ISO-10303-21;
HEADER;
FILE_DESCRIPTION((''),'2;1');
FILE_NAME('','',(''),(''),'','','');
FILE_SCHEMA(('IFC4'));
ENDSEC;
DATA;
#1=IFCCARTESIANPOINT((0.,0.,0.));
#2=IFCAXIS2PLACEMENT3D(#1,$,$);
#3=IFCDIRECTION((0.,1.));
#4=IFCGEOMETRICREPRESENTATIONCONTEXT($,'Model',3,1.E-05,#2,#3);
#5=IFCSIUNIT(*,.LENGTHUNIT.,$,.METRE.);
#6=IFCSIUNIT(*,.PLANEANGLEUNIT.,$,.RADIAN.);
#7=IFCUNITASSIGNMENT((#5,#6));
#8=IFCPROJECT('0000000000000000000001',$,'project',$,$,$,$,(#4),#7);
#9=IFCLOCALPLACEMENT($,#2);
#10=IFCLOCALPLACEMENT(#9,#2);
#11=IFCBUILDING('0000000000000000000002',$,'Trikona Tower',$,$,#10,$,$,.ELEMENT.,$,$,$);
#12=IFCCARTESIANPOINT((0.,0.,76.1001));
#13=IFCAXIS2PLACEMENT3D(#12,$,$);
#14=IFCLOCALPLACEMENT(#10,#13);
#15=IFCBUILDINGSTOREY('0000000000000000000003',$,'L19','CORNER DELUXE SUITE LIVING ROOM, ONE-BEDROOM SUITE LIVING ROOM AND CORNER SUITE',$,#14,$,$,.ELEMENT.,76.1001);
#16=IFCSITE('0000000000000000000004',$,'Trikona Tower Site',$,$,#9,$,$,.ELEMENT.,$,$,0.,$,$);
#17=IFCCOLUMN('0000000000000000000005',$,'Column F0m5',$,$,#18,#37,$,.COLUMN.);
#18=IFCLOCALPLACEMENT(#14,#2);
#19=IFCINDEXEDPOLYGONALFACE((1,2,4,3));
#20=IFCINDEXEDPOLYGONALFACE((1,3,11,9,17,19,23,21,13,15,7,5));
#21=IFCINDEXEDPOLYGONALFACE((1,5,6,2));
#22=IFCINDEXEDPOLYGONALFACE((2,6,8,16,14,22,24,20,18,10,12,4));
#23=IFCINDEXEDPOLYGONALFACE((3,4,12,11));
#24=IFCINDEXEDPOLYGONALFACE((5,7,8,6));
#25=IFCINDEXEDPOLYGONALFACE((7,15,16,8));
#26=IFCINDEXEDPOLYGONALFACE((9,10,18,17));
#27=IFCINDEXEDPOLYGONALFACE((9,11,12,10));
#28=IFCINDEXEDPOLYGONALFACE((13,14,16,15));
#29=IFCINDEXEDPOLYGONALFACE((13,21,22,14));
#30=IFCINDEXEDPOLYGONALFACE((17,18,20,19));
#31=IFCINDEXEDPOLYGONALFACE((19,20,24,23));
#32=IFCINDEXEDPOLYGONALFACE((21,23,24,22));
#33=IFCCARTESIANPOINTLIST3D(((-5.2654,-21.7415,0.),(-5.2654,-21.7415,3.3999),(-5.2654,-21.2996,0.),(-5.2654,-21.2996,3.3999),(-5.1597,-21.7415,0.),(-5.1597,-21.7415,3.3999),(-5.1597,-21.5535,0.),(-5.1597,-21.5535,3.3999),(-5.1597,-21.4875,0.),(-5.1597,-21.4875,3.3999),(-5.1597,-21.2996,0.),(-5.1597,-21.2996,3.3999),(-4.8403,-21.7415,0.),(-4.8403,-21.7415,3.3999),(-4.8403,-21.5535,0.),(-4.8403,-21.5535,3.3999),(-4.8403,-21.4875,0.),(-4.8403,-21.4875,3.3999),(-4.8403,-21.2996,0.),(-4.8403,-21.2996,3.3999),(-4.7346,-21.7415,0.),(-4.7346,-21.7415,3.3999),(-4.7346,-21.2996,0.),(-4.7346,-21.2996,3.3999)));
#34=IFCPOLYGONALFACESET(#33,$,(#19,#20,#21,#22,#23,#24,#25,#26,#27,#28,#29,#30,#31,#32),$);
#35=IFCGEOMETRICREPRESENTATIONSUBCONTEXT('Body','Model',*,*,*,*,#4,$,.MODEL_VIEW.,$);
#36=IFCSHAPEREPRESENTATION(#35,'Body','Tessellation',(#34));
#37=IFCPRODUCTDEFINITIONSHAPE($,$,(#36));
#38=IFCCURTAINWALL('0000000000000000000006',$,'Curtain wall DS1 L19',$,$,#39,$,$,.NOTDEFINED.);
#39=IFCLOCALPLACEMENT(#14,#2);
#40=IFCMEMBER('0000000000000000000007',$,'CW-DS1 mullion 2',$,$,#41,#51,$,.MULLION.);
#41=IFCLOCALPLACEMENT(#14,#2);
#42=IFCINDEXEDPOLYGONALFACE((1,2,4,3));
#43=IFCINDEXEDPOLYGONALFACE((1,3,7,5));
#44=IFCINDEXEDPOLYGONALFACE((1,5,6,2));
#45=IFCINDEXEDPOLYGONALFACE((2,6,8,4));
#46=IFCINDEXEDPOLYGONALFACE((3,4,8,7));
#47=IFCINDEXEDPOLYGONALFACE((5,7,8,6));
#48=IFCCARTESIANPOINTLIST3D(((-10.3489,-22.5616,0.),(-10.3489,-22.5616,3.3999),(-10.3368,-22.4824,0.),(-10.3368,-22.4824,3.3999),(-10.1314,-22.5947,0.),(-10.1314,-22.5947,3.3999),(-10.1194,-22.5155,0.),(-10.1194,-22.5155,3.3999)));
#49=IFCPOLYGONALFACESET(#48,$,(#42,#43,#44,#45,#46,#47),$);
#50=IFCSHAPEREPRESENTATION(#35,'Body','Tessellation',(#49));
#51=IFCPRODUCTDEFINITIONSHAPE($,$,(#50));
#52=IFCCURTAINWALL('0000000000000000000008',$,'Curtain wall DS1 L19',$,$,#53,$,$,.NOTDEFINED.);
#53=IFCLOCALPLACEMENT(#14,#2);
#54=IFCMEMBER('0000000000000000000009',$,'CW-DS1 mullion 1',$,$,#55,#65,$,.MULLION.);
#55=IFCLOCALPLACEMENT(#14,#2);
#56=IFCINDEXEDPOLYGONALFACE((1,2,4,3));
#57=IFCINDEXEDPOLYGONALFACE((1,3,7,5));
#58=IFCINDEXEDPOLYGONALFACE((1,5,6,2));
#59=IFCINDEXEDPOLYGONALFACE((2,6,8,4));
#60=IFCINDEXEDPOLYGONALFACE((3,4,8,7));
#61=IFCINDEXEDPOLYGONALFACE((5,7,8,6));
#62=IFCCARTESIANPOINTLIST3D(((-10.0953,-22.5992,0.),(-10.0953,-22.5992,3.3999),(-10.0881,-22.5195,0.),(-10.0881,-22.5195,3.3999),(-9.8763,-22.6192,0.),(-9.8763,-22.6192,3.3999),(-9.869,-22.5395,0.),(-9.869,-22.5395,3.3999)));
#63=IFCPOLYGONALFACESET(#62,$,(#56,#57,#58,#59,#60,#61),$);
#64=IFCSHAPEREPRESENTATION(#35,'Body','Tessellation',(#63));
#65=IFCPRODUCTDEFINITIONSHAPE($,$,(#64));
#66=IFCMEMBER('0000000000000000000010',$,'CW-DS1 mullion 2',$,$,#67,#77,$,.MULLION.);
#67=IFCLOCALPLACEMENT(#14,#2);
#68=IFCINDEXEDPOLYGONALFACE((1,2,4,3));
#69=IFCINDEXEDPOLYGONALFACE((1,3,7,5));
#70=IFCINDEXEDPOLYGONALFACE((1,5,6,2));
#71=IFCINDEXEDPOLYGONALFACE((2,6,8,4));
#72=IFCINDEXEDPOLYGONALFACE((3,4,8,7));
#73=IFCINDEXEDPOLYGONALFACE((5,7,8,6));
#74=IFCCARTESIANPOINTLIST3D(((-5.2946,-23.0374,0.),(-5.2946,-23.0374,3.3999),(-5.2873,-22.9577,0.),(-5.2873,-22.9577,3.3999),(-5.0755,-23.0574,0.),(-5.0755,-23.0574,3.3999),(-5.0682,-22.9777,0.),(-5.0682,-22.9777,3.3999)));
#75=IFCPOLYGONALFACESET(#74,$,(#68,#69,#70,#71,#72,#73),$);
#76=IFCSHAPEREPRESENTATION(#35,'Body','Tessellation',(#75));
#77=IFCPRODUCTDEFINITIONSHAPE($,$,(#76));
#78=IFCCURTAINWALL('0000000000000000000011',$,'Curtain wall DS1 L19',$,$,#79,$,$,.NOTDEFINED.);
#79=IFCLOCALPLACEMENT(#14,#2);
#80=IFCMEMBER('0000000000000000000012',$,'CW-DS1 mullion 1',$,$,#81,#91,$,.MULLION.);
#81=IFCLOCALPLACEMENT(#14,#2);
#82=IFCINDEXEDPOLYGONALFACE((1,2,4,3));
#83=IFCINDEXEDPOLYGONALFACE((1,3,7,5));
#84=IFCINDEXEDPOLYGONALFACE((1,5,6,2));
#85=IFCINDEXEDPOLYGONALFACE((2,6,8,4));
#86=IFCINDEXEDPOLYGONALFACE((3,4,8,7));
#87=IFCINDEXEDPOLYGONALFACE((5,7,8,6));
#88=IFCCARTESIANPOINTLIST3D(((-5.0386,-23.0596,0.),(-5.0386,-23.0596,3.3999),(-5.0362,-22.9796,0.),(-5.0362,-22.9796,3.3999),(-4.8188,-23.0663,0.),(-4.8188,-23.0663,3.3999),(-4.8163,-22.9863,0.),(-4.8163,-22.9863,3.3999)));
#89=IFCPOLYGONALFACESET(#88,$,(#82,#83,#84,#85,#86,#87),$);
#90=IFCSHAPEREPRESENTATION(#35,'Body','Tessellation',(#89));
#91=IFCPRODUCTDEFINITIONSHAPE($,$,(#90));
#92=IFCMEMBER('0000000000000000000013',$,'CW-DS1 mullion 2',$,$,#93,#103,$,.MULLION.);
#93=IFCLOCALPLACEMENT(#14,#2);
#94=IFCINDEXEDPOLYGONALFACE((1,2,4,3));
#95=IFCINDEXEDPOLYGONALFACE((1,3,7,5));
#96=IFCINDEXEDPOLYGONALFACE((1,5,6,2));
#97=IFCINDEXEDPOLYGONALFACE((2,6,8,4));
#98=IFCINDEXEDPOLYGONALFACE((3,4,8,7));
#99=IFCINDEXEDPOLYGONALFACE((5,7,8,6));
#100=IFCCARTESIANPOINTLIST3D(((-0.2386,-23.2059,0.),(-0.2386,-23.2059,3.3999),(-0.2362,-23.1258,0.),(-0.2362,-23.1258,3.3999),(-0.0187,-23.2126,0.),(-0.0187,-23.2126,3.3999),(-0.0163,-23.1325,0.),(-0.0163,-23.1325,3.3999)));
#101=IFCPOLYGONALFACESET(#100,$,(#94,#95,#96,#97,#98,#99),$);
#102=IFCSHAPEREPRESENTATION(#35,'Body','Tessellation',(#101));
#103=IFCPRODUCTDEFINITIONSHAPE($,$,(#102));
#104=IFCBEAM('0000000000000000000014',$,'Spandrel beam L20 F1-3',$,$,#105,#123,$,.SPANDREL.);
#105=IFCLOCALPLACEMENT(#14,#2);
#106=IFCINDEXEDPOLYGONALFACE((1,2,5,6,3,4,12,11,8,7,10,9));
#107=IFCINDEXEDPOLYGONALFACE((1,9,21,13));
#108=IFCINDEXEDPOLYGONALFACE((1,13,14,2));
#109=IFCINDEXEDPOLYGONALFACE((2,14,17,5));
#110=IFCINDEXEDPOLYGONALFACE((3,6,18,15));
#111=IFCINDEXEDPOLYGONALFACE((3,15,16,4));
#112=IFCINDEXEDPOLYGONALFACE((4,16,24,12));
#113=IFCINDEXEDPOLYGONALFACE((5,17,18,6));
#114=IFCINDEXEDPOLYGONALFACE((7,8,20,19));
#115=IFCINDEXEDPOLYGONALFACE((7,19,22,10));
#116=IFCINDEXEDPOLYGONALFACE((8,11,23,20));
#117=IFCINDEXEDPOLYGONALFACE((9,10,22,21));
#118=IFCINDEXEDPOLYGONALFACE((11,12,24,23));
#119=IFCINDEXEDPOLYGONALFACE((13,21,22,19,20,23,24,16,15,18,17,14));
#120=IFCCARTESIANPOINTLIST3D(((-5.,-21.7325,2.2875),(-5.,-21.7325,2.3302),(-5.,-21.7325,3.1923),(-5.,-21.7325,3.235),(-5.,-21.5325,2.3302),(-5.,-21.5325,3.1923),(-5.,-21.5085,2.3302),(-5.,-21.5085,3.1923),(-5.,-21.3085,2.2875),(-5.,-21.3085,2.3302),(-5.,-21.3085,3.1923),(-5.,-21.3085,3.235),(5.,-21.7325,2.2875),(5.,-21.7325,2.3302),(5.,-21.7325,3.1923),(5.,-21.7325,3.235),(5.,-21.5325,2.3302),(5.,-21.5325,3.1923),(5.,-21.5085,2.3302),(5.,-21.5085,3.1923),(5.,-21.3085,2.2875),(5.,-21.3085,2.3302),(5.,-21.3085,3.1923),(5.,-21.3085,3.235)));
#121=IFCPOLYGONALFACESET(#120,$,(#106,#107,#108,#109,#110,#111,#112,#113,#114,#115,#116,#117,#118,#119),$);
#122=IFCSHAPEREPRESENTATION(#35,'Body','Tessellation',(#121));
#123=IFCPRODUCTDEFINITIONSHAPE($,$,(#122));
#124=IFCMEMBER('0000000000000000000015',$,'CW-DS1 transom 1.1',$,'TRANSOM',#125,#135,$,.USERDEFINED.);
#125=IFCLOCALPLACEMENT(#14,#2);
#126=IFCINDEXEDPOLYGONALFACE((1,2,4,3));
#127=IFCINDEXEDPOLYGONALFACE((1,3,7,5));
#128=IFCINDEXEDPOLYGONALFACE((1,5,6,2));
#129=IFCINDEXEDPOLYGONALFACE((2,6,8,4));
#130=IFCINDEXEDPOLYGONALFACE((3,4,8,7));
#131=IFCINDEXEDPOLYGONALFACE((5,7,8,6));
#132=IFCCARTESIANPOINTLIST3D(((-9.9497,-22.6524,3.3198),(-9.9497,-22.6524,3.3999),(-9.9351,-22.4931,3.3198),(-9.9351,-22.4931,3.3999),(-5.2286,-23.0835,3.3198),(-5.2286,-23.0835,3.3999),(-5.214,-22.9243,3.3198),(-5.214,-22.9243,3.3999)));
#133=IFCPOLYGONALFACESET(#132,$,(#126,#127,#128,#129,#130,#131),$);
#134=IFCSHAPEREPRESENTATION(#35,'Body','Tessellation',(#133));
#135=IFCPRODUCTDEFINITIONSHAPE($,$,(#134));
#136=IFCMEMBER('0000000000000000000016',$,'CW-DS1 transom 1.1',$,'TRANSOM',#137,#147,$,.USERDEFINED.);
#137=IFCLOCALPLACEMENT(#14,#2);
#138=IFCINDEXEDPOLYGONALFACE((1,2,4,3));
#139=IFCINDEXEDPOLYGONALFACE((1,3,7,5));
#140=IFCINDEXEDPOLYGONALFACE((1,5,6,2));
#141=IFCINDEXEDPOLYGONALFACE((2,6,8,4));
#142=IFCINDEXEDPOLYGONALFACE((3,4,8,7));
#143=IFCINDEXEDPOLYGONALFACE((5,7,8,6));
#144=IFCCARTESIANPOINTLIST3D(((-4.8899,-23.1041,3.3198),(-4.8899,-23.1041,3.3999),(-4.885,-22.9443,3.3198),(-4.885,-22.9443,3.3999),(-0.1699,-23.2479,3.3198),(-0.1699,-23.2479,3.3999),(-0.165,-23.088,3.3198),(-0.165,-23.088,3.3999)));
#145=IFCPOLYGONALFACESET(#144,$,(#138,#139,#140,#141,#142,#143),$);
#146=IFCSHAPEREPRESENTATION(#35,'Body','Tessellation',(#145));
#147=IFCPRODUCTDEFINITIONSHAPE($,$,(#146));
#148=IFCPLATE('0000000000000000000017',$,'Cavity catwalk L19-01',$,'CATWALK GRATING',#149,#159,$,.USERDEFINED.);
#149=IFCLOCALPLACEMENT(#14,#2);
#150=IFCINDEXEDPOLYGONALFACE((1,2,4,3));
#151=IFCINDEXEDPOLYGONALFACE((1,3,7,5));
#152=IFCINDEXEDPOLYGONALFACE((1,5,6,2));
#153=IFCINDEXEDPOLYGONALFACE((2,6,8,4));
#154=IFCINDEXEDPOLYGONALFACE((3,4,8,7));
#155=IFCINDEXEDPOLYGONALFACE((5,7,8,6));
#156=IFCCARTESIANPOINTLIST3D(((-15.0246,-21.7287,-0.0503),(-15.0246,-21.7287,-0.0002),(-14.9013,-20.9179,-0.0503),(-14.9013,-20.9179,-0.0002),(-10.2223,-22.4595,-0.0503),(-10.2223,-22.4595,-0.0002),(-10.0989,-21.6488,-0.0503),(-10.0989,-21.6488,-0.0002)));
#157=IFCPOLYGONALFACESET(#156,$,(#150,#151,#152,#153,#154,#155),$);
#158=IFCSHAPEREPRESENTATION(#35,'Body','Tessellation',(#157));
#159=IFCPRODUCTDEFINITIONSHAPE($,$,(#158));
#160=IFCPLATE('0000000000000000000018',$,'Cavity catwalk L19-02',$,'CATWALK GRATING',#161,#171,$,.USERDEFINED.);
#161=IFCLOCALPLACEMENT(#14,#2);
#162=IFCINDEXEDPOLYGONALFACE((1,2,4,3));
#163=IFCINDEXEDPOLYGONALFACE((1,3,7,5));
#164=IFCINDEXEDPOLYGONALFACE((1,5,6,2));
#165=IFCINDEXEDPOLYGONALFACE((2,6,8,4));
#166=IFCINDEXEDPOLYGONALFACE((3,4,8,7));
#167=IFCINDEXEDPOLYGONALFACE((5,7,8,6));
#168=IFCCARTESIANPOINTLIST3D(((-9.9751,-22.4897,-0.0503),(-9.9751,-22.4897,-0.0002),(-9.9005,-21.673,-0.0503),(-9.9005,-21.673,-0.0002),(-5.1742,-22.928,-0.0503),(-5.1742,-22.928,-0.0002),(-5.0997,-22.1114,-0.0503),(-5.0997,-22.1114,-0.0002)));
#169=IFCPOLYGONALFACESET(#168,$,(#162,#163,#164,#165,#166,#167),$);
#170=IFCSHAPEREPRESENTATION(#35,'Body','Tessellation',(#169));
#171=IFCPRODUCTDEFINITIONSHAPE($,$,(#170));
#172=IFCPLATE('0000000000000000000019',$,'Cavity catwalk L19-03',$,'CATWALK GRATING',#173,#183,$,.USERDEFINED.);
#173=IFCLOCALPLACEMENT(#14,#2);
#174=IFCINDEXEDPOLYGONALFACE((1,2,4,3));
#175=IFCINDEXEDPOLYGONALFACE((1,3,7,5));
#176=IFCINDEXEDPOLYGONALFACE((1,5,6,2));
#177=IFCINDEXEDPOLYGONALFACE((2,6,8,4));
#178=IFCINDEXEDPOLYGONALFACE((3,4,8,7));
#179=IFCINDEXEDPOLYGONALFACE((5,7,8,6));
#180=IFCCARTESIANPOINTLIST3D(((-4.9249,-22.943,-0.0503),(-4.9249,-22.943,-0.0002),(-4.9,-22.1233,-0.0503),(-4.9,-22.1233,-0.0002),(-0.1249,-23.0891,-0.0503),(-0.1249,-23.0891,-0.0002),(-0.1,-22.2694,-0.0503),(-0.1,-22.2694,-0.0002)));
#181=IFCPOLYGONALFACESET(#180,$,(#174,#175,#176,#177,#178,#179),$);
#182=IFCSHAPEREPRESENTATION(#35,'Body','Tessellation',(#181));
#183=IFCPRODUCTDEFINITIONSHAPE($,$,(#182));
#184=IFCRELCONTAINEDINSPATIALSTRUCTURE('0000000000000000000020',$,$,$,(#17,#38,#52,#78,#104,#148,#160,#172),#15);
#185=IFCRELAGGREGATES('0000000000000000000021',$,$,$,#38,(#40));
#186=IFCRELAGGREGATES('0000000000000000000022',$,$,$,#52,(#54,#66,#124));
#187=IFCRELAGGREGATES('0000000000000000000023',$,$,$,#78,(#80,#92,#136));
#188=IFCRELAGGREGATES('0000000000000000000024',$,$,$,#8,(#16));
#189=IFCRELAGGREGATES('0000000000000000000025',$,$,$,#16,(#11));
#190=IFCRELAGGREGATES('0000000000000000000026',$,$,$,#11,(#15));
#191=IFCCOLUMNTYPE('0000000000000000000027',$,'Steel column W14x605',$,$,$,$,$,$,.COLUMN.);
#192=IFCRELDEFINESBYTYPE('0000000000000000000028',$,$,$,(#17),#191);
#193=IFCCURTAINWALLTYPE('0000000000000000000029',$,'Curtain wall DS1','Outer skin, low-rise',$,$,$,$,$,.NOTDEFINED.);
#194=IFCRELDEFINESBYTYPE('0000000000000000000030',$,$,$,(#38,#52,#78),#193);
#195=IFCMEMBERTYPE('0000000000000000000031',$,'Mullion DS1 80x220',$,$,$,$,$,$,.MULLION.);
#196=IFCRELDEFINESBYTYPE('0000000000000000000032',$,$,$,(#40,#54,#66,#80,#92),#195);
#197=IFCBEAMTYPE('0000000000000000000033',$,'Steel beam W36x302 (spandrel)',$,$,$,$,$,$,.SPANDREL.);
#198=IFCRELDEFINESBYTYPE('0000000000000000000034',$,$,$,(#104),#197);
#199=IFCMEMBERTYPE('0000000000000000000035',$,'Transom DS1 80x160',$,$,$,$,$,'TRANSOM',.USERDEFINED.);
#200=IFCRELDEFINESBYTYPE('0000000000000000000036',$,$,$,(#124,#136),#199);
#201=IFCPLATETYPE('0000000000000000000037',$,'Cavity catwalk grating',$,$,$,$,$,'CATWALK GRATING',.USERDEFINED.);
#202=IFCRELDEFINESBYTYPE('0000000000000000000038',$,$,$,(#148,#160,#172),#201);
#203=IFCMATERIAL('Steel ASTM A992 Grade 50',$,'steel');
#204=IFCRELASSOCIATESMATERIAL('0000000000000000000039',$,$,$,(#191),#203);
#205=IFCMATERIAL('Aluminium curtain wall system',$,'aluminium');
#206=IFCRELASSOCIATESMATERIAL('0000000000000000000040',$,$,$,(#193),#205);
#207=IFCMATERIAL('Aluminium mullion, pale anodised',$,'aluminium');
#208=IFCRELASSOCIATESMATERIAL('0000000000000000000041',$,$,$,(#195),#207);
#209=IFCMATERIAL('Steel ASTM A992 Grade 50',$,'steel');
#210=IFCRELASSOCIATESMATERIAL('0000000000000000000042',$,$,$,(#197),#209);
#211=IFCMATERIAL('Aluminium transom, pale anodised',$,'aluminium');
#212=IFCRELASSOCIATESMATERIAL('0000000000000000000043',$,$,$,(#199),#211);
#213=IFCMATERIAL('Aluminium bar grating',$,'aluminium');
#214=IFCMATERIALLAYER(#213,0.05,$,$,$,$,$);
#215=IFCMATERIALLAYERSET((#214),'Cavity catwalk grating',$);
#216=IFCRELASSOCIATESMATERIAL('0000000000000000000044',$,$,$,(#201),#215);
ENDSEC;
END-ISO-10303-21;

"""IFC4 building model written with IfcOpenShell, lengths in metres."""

from ifc_helpers import new_model, si_unit, direction, frame, origin, origin_2d, place, context, subcontext, project, spatial, rectangle, i_section, extrude, material, layer, layer_set, material_profile, profile_set, type_object, element, aggregate, save


model = new_model("IFC4")

# Units and contexts
model_context = context("Model", 3, precision=1e-05, world=origin(), true_north=direction((0.0, 1.0)))
body_context = subcontext(model_context, "Body", "Model", "MODEL_VIEW")
ifc_project = project(units=[si_unit("LENGTHUNIT", "METRE"), si_unit("PLANEANGLEUNIT", "RADIAN")], contexts=[model_context])

# Site, building, storey
site_placement = place(None, origin())
site = spatial("IfcSite", under=ifc_project, at=site_placement, Name="Trikona Tower Site", CompositionType="ELEMENT", RefElevation=0.0)
building_placement = place(site_placement, origin())
building = spatial("IfcBuilding", under=site, at=building_placement, Name="Trikona Tower", CompositionType="ELEMENT")
storey_placement = place(building_placement, frame((0.0, 0.0, 76.1001)))
storey = spatial("IfcBuildingStorey", under=building, at=storey_placement, Name="L19", Description="CORNER DELUXE SUITE LIVING ROOM, ONE-BEDROOM SUITE LIVING ROOM AND CORNER SUITE", CompositionType="ELEMENT", Elevation=76.1001)

# Column
ifc_material_1 = material(Name="Steel ASTM A992 Grade 50", Category="steel")
ifc_material_profile_1 = material_profile(ifc_material_1, i_section(OverallWidth=0.4419, OverallDepth=0.5308, WebThickness=0.0659, FlangeThickness=0.1057, at=origin_2d()), Name="W14X605")
ifc_profile_set_1 = profile_set([ifc_material_profile_1], Name="Steel ASTM A992 Grade 50")
column_type = type_object("IfcColumnType", Name="Steel column W14x605", PredefinedType="COLUMN", material=ifc_profile_set_1)
column_placement = place(storey_placement, frame((-5.0, -21.5205, 0.0), z_axis=(0.0, 0.0, 1.0), x_axis=(0.0, -1.0, 0.0)))
element("IfcColumn", 1, at=column_placement, inside=storey, type_object=column_type, Name="Column F0m5", PredefinedType="COLUMN", context=body_context, shape_type="SweptSolid", body=[
    extrude(i_section(OverallWidth=0.4419, OverallDepth=0.5308, WebThickness=0.0659, FlangeThickness=0.1057, at=origin_2d()), origin(), (0.0, 0.0, 1.0), 3.3999),
])

# Curtain wall, member
ifc_material_2 = material(Name="Aluminium curtain wall system", Category="aluminium")
curtain_wall_type = type_object("IfcCurtainWallType", Name="Curtain wall DS1", Description="Outer skin, low-rise", PredefinedType="NOTDEFINED", material=ifc_material_2)
curtain_wall_1_placement = place(storey_placement, origin())
curtain_wall_1 = element("IfcCurtainWall", 2, at=curtain_wall_1_placement, inside=storey, type_object=curtain_wall_type, Name="Curtain wall DS1 L19", PredefinedType="NOTDEFINED")
ifc_material_3 = material(Name="Aluminium mullion, pale anodised", Category="aluminium")
ifc_material_profile_2 = material_profile(ifc_material_3, rectangle(XDim=0.0801, YDim=0.22, at=origin_2d()), Name="MUL-DS1")
ifc_profile_set_2 = profile_set([ifc_material_profile_2], Name="Aluminium mullion, pale anodised")
member_type_1 = type_object("IfcMemberType", Name="Mullion DS1 80x220", PredefinedType="MULLION", material=ifc_profile_set_2)
member_1_placement = place(storey_placement, frame((-10.2341, -22.5386, 0.0), z_axis=(0.0, 0.0, 1.0), x_axis=(0.150438, 0.988619, 0.0)))
member_1 = element("IfcMember", 3, at=member_1_placement, type_object=member_type_1, Name="CW-DS1 mullion 2", PredefinedType="MULLION", context=body_context, shape_type="SweptSolid", body=[
    extrude(rectangle(XDim=0.0801, YDim=0.22, at=origin_2d()), origin(), (0.0, 0.0, 1.0), 3.3999),
])

# Curtain walls, members
curtain_wall_2_placement = place(storey_placement, origin())
curtain_wall_2 = element("IfcCurtainWall", 4, at=curtain_wall_2_placement, inside=storey, type_object=curtain_wall_type, Name="Curtain wall DS1 L19", PredefinedType="NOTDEFINED")
member_2_placement = place(storey_placement, frame((-9.9822, -22.5693, 0.0), z_axis=(0.0, 0.0, 1.0), x_axis=(0.090924, 0.995858, 0.0)))
member_2 = element("IfcMember", 5, at=member_2_placement, type_object=member_type_1, Name="CW-DS1 mullion 1", PredefinedType="MULLION", context=body_context, shape_type="SweptSolid", body=[
    extrude(rectangle(XDim=0.0801, YDim=0.22, at=origin_2d()), origin(), (0.0, 0.0, 1.0), 3.3999),
])
member_3_placement = place(storey_placement, frame((-5.1814, -23.0076, 0.0), z_axis=(0.0, 0.0, 1.0), x_axis=(0.090924, 0.995858, 0.0)))
member_3 = element("IfcMember", 6, at=member_3_placement, type_object=member_type_1, Name="CW-DS1 mullion 2", PredefinedType="MULLION", context=body_context, shape_type="SweptSolid", body=[
    extrude(rectangle(XDim=0.0801, YDim=0.22, at=origin_2d()), origin(), (0.0, 0.0, 1.0), 3.3999),
])
curtain_wall_3_placement = place(storey_placement, origin())
curtain_wall_3 = element("IfcCurtainWall", 7, at=curtain_wall_3_placement, inside=storey, type_object=curtain_wall_type, Name="Curtain wall DS1 L19", PredefinedType="NOTDEFINED")
member_4_placement = place(storey_placement, frame((-4.9275, -23.0229, 0.0), z_axis=(0.0, 0.0, 1.0), x_axis=(0.030437, 0.999537, 0.0)))
member_4 = element("IfcMember", 8, at=member_4_placement, type_object=member_type_1, Name="CW-DS1 mullion 1", PredefinedType="MULLION", context=body_context, shape_type="SweptSolid", body=[
    extrude(rectangle(XDim=0.0801, YDim=0.22, at=origin_2d()), origin(), (0.0, 0.0, 1.0), 3.3999),
])
member_5_placement = place(storey_placement, frame((-0.1274, -23.1692, 0.0), z_axis=(0.0, 0.0, 1.0), x_axis=(0.030437, 0.999537, 0.0)))
member_5 = element("IfcMember", 9, at=member_5_placement, type_object=member_type_1, Name="CW-DS1 mullion 2", PredefinedType="MULLION", context=body_context, shape_type="SweptSolid", body=[
    extrude(rectangle(XDim=0.0801, YDim=0.22, at=origin_2d()), origin(), (0.0, 0.0, 1.0), 3.3999),
])

# Beam
ifc_material_4 = material(Name="Steel ASTM A992 Grade 50", Category="steel")
ifc_material_profile_3 = material_profile(ifc_material_4, i_section(OverallWidth=0.4241, OverallDepth=0.9475, WebThickness=0.0239, FlangeThickness=0.0427, at=origin_2d()), Name="W36X302")
ifc_profile_set_3 = profile_set([ifc_material_profile_3], Name="Steel ASTM A992 Grade 50")
beam_type = type_object("IfcBeamType", Name="Steel beam W36x302 (spandrel)", PredefinedType="SPANDREL", material=ifc_profile_set_3)
beam_placement = place(storey_placement, frame((-5.0, -21.5205, 2.7612), z_axis=(1.0, 0.0, 0.0), x_axis=(0.0, 1.0, 0.0)))
element("IfcBeam", 10, at=beam_placement, inside=storey, type_object=beam_type, Name="Spandrel beam L20 F1-3", PredefinedType="SPANDREL", context=body_context, shape_type="SweptSolid", body=[
    extrude(i_section(OverallWidth=0.4241, OverallDepth=0.9475, WebThickness=0.0239, FlangeThickness=0.0427, at=origin_2d()), origin(), (0.0, 0.0, 1.0), 10.0),
])

# Members
ifc_material_5 = material(Name="Aluminium transom, pale anodised", Category="aluminium")
ifc_material_profile_4 = material_profile(ifc_material_5, rectangle(XDim=0.1599, YDim=0.0801, at=origin_2d()), Name="TRN-DS1")
ifc_profile_set_4 = profile_set([ifc_material_profile_4], Name="Aluminium transom, pale anodised")
member_type_2 = type_object("IfcMemberType", Name="Transom DS1 80x160", ElementType="TRANSOM", PredefinedType="USERDEFINED", material=ifc_profile_set_4)
member_6_placement = place(storey_placement, frame((-9.9424, -22.5728, 3.3599), z_axis=(0.995856, -0.090944, 0.0), x_axis=(0.090944, 0.995856, 0.0)))
member_6 = element("IfcMember", 11, at=member_6_placement, type_object=member_type_2, Name="CW-DS1 transom 1.1", ObjectType="TRANSOM", PredefinedType="USERDEFINED", context=body_context, shape_type="SweptSolid", body=[
    extrude(rectangle(XDim=0.1599, YDim=0.0801, at=origin_2d()), origin(), (0.0, 0.0, 1.0), 4.7407),
])
member_7_placement = place(storey_placement, frame((-4.8875, -23.0242, 3.3599), z_axis=(0.999536, -0.030452, 0.0), x_axis=(0.030452, 0.999536, 0.0)))
member_7 = element("IfcMember", 12, at=member_7_placement, type_object=member_type_2, Name="CW-DS1 transom 1.1", ObjectType="TRANSOM", PredefinedType="USERDEFINED", context=body_context, shape_type="SweptSolid", body=[
    extrude(rectangle(XDim=0.1599, YDim=0.0801, at=origin_2d()), origin(), (0.0, 0.0, 1.0), 4.7222),
])

# Plates
ifc_material_6 = material(Name="Aluminium bar grating", Category="aluminium")
ifc_layer_1 = layer(ifc_material_6, 0.05)
ifc_layer_set_1 = layer_set([ifc_layer_1], Name="Cavity catwalk grating")
plate_type_1 = type_object("IfcPlateType", Name="Cavity catwalk grating", ElementType="CATWALK GRATING", PredefinedType="USERDEFINED", material=ifc_layer_set_1)
plate_1_placement = place(storey_placement, frame((-12.5618, -21.6887, -0.0503), z_axis=(0.0, 0.0, 1.0), x_axis=(0.988618, -0.150448, 0.0)))
element("IfcPlate", 13, at=plate_1_placement, inside=storey, type_object=plate_type_1, Name="Cavity catwalk L19-01", ObjectType="CATWALK GRATING", PredefinedType="USERDEFINED", context=body_context, shape_type="SweptSolid", body=[
    extrude(rectangle(XDim=4.8577, YDim=0.8201, at=origin_2d()), origin(), (0.0, 0.0, 1.0), 0.05),
])
plate_2_placement = place(storey_placement, frame((-7.5374, -22.3005, -0.0503), z_axis=(0.0, 0.0, 1.0), x_axis=(0.995858, -0.090921, 0.0)))
element("IfcPlate", 14, at=plate_2_placement, inside=storey, type_object=plate_type_1, Name="Cavity catwalk L19-02", ObjectType="CATWALK GRATING", PredefinedType="USERDEFINED", context=body_context, shape_type="SweptSolid", body=[
    extrude(rectangle(XDim=4.8208, YDim=0.8201, at=origin_2d()), origin(), (0.0, 0.0, 1.0), 0.05),
])
plate_3_placement = place(storey_placement, frame((-2.5125, -22.6062, -0.0503), z_axis=(0.0, 0.0, 1.0), x_axis=(0.999537, -0.030425, 0.0)))
element("IfcPlate", 15, at=plate_3_placement, inside=storey, type_object=plate_type_1, Name="Cavity catwalk L19-03", ObjectType="CATWALK GRATING", PredefinedType="USERDEFINED", context=body_context, shape_type="SweptSolid", body=[
    extrude(rectangle(XDim=4.8022, YDim=0.8201, at=origin_2d()), origin(), (0.0, 0.0, 1.0), 0.05),
])

aggregate(curtain_wall_1, [member_1])
aggregate(curtain_wall_2, [member_2, member_3, member_6])
aggregate(curtain_wall_3, [member_4, member_5, member_7])

save(model, "model.ifc")
